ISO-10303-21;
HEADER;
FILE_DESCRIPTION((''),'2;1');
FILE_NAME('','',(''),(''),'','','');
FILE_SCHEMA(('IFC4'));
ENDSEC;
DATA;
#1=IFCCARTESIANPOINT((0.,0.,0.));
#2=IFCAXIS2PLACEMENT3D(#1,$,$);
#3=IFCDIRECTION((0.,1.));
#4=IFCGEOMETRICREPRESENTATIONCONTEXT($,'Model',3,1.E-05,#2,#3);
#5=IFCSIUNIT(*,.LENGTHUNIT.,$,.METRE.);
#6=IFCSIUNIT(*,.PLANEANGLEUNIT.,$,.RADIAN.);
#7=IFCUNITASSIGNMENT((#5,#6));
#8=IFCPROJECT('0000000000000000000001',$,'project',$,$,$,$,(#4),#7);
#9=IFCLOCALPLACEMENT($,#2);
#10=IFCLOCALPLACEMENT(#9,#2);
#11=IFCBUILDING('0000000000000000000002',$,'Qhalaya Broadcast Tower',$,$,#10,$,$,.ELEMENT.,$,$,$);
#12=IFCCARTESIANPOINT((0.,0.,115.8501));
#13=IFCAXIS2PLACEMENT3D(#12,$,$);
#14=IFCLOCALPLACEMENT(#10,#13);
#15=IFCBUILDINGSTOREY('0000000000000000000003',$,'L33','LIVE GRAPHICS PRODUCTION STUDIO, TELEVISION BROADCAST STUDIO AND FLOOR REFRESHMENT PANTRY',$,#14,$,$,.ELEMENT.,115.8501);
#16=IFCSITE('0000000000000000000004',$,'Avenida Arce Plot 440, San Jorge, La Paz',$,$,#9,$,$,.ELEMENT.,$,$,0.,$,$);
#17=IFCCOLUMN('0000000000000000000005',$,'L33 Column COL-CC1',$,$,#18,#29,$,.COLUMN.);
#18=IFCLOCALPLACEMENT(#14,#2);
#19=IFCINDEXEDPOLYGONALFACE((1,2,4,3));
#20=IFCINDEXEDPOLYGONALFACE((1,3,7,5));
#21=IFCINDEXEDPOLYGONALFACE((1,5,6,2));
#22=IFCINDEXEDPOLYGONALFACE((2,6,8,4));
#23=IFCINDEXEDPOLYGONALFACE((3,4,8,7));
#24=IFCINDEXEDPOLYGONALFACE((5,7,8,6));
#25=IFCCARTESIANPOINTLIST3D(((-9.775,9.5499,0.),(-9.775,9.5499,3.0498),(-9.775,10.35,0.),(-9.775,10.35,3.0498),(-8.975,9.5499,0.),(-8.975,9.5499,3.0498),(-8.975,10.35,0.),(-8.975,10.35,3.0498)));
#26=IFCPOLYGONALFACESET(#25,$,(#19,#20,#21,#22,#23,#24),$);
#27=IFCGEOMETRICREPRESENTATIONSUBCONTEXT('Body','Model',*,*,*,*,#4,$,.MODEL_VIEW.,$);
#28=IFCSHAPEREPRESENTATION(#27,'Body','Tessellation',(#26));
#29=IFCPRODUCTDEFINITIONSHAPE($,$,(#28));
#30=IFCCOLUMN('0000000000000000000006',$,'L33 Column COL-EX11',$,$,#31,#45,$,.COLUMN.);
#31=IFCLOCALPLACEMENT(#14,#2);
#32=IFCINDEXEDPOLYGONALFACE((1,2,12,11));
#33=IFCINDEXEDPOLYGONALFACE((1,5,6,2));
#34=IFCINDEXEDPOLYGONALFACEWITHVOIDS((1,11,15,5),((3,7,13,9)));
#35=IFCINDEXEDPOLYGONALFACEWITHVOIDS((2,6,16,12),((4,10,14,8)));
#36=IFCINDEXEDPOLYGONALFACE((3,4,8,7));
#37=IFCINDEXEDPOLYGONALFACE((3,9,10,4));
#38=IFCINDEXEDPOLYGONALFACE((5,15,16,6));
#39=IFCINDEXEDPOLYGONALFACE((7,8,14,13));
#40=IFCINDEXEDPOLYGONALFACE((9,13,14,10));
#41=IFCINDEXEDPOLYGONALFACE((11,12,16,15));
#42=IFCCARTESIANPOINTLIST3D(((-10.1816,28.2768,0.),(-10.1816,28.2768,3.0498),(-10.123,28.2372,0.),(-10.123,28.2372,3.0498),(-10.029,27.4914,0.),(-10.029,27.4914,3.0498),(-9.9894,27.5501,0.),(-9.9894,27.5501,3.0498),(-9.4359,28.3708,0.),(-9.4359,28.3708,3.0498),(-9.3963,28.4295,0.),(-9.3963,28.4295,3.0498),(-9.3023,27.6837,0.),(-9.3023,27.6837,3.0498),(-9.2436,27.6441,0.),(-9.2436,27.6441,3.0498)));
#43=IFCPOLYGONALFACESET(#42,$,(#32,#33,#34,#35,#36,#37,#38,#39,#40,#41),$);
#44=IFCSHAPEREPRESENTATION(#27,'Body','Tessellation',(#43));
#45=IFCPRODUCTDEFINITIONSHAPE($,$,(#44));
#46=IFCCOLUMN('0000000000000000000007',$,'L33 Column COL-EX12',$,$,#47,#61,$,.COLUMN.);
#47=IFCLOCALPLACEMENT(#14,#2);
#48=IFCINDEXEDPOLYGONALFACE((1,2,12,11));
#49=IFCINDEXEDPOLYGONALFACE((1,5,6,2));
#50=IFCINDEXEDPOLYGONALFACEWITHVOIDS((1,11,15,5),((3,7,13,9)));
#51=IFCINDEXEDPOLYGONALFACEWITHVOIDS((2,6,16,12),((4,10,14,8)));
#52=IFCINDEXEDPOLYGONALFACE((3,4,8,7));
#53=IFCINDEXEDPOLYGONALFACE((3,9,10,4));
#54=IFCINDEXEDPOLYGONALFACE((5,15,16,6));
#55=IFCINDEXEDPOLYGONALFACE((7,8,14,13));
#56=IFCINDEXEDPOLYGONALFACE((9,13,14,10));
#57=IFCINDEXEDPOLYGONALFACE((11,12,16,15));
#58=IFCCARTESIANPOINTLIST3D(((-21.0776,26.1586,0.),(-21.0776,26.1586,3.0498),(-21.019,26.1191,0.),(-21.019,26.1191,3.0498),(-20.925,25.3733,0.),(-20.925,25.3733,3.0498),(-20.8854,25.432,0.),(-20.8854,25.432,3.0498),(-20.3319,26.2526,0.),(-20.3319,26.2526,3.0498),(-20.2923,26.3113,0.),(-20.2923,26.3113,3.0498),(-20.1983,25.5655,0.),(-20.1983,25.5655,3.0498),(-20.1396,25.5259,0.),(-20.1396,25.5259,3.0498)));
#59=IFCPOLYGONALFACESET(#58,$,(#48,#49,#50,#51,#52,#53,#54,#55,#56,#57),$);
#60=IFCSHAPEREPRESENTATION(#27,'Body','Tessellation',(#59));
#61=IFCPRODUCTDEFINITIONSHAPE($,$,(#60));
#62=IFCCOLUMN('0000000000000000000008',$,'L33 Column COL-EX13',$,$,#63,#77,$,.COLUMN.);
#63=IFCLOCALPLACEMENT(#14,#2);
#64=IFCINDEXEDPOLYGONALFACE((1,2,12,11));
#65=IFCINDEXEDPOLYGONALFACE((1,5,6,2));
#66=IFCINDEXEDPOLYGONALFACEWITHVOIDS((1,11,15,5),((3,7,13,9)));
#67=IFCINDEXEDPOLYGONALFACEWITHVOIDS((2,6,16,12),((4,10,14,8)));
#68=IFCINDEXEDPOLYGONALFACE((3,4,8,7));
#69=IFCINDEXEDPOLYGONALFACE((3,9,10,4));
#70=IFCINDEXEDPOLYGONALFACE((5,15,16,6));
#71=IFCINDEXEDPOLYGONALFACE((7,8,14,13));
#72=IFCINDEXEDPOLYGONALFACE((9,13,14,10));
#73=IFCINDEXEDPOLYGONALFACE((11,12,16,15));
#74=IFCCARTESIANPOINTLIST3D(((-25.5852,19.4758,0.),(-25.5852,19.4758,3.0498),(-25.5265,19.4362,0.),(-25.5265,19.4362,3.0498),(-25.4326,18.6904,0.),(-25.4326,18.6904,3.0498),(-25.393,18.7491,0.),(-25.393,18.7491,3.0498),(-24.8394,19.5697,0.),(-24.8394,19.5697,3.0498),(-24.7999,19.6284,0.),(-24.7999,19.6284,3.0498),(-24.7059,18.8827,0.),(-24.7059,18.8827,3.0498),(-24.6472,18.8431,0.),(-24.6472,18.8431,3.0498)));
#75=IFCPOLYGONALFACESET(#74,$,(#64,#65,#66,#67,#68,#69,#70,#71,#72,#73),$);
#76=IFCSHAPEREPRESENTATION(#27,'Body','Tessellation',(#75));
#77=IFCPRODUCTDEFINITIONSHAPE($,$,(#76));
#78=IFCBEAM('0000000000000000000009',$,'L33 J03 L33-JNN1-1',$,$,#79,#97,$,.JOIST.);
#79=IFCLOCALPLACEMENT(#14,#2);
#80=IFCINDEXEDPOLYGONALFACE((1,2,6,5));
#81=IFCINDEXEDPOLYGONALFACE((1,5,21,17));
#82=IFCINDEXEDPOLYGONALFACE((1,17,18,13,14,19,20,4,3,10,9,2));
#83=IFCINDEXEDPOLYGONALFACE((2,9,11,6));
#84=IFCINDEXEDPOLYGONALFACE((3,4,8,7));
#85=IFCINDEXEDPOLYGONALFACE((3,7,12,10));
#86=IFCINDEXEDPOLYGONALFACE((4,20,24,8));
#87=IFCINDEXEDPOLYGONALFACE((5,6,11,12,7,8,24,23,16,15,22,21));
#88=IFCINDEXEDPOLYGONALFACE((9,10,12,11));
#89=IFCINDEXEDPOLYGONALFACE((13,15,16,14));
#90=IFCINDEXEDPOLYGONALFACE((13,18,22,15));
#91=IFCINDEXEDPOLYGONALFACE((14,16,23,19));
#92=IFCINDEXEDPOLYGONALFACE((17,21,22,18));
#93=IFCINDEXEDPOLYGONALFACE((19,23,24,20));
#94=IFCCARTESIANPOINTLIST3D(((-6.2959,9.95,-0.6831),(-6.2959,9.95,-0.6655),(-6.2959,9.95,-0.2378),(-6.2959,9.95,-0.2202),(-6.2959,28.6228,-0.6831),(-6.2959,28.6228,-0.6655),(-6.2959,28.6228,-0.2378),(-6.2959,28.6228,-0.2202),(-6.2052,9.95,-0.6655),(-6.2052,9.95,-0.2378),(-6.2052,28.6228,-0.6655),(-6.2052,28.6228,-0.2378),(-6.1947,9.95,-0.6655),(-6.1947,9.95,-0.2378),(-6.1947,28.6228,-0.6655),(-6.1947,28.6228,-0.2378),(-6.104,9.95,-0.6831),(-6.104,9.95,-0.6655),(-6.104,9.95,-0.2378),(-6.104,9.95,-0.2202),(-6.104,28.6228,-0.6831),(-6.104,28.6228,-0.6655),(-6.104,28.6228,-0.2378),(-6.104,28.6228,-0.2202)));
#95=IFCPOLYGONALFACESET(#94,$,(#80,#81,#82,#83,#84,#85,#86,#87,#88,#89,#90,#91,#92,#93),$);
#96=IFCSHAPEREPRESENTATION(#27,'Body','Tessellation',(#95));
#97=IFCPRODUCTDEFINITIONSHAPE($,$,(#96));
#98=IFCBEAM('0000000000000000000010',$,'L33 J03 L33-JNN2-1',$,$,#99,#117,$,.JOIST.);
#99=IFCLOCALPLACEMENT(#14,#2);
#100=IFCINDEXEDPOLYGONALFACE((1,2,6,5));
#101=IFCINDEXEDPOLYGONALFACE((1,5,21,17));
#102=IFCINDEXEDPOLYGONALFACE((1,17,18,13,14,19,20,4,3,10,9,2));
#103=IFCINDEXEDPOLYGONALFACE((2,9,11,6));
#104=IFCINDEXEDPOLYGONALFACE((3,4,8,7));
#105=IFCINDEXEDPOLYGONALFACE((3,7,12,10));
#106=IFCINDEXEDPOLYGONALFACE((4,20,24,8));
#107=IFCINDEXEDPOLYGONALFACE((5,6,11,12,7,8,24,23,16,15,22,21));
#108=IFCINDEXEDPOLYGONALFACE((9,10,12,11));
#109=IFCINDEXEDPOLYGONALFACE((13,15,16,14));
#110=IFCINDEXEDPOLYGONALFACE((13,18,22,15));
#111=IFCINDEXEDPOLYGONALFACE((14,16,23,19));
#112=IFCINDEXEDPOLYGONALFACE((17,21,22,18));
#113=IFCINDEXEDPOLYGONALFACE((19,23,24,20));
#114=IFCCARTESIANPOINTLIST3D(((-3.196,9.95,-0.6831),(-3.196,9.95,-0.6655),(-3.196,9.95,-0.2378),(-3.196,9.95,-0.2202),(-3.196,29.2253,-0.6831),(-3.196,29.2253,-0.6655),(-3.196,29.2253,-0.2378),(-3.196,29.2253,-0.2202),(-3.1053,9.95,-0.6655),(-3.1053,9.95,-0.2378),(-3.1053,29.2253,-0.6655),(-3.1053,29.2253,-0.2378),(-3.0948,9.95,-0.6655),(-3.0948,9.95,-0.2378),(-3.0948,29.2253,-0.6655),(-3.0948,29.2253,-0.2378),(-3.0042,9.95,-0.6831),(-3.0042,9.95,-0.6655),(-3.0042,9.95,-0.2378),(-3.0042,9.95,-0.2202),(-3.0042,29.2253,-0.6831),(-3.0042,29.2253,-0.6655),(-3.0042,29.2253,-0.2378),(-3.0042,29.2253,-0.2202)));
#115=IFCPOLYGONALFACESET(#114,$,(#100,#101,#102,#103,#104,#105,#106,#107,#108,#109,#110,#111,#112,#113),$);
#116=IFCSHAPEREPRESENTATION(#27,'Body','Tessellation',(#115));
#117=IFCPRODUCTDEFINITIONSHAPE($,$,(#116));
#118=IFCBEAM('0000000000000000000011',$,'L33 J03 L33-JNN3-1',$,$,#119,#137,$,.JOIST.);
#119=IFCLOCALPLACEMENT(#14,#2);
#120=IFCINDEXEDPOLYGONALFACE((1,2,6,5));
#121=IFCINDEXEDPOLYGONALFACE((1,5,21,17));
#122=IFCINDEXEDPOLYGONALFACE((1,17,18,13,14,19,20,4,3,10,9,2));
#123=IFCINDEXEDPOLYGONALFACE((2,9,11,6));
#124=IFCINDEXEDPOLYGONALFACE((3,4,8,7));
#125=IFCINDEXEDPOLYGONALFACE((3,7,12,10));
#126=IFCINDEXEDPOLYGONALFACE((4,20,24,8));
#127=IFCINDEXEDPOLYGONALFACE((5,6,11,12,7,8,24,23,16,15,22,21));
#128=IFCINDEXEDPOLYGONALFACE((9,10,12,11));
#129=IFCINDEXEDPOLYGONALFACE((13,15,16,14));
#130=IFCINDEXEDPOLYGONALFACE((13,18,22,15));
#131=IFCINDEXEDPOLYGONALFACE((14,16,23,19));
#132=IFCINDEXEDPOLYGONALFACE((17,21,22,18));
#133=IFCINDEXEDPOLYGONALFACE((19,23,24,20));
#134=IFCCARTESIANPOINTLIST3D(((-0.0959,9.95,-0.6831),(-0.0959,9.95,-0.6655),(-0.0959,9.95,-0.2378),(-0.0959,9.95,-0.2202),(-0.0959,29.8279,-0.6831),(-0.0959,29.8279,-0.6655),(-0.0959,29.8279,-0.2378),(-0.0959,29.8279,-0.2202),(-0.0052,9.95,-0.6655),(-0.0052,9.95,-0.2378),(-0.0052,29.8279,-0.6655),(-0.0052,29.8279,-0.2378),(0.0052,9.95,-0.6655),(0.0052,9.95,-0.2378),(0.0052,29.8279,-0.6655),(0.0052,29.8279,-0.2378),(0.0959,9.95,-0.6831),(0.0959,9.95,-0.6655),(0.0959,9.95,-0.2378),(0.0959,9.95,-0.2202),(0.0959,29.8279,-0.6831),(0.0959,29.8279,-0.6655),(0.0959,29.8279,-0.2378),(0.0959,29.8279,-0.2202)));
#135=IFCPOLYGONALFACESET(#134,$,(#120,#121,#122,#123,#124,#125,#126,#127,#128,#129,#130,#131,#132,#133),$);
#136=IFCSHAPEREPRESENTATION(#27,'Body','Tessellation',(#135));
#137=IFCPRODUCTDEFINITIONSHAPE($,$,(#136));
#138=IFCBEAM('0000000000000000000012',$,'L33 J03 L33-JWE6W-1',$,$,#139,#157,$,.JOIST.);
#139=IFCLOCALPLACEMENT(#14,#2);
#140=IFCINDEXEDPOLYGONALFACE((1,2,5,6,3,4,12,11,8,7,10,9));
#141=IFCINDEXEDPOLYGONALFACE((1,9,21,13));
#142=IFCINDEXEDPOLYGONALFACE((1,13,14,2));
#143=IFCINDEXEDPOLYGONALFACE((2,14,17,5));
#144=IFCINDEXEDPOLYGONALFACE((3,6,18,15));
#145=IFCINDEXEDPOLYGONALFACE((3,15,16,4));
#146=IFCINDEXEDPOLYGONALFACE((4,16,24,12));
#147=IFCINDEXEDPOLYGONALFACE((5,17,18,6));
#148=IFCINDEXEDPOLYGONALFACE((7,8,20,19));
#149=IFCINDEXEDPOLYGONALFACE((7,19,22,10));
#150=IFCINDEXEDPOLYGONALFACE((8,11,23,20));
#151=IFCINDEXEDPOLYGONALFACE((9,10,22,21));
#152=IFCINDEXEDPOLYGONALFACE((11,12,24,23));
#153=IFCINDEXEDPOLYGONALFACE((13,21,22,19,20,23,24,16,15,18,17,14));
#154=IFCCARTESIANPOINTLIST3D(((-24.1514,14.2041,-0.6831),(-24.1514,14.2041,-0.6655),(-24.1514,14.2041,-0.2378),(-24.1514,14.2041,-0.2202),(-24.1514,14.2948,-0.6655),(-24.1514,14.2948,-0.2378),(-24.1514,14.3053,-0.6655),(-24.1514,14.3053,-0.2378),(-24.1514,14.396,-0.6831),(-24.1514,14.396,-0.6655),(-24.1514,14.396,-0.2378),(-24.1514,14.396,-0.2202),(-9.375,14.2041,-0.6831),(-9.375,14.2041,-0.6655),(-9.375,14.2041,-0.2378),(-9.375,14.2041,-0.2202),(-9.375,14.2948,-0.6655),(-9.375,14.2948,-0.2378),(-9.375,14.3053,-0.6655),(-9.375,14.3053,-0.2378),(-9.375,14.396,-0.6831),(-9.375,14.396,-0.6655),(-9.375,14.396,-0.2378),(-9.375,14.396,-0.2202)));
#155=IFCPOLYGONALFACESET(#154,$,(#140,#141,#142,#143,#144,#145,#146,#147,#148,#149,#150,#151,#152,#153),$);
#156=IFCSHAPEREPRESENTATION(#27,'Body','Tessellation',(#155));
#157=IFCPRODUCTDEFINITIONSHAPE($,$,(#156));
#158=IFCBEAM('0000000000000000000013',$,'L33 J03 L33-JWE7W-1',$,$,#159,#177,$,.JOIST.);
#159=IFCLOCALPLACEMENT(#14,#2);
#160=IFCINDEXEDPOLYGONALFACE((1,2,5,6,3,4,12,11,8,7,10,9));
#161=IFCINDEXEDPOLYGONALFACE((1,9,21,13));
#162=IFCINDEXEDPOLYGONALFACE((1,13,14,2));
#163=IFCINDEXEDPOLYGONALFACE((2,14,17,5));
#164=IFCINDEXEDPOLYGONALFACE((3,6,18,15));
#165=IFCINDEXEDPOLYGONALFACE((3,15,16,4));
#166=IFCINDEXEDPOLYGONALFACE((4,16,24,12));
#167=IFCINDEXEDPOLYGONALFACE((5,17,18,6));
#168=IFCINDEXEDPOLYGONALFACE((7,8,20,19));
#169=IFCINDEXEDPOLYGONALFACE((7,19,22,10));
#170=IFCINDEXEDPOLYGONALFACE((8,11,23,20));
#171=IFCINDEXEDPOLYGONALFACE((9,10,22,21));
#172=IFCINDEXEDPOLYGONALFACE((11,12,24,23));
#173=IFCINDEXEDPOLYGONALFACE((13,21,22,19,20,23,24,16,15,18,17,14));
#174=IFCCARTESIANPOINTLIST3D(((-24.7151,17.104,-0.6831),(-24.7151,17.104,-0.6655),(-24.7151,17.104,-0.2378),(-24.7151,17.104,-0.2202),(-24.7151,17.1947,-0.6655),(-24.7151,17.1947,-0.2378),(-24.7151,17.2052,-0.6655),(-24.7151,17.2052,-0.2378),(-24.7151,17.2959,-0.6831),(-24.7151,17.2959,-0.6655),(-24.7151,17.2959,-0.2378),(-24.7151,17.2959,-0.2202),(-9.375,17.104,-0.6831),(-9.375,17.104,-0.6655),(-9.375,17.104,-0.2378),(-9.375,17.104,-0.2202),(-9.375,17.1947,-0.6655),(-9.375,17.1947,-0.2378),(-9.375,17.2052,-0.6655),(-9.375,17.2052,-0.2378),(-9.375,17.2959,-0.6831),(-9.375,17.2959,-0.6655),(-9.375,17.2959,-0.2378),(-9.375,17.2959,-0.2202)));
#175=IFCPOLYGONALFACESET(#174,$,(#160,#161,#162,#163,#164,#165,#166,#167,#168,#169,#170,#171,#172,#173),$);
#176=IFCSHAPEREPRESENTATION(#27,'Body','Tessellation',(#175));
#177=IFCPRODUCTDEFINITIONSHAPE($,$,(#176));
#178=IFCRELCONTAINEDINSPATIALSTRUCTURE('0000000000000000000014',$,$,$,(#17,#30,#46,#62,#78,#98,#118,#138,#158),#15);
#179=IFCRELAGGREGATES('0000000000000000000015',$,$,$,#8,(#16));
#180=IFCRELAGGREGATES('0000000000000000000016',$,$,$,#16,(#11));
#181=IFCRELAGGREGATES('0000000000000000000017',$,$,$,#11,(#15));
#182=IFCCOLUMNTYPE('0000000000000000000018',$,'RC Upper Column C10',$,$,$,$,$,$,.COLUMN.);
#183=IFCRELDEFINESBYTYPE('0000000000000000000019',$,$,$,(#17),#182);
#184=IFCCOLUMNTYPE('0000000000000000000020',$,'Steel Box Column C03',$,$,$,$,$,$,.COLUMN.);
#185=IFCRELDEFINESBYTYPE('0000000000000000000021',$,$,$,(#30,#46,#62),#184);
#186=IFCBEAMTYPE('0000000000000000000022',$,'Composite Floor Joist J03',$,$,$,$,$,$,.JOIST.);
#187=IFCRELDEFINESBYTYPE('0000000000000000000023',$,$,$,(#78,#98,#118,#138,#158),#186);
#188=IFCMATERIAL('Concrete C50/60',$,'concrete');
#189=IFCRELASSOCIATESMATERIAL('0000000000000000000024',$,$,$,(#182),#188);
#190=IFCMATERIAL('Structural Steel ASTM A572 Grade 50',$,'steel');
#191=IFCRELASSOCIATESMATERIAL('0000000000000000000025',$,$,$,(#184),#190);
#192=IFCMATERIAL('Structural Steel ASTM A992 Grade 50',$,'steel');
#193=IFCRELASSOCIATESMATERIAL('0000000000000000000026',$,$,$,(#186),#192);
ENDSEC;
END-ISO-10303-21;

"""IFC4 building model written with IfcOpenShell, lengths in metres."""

from ifc_helpers import new_model, si_unit, direction, frame, origin, origin_2d, place, context, subcontext, project, spatial, rectangle, hollow_rectangle, i_section, extrude, material, material_profile, profile_set, type_object, element, save


model = new_model("IFC4")

# Units and contexts
model_context = context("Model", 3, precision=1e-05, world=origin(), true_north=direction((0.0, 1.0)))
body_context = subcontext(model_context, "Body", "Model", "MODEL_VIEW")
ifc_project = project(units=[si_unit("LENGTHUNIT", "METRE"), si_unit("PLANEANGLEUNIT", "RADIAN")], contexts=[model_context])

# Site, building, storey
site_placement = place(None, origin())
site = spatial("IfcSite", under=ifc_project, at=site_placement, Name="Avenida Arce Plot 440, San Jorge, La Paz", CompositionType="ELEMENT", RefElevation=0.0)
building_placement = place(site_placement, origin())
building = spatial("IfcBuilding", under=site, at=building_placement, Name="Qhalaya Broadcast Tower", CompositionType="ELEMENT")
storey_placement = place(building_placement, frame((0.0, 0.0, 115.8501)))
storey = spatial("IfcBuildingStorey", under=building, at=storey_placement, Name="L33", Description="LIVE GRAPHICS PRODUCTION STUDIO, TELEVISION BROADCAST STUDIO AND FLOOR REFRESHMENT PANTRY", CompositionType="ELEMENT", Elevation=115.8501)

# Columns
ifc_material_1 = material(Name="Concrete C50/60", Category="concrete")
ifc_material_profile_1 = material_profile(ifc_material_1, rectangle(XDim=0.8, YDim=0.8, at=origin_2d()), Name="RC-COL 800x800")
ifc_profile_set_1 = profile_set([ifc_material_profile_1], Name="Concrete C50/60")
column_type_1 = type_object("IfcColumnType", Name="RC Upper Column C10", PredefinedType="COLUMN", material=ifc_profile_set_1)
column_placement = place(storey_placement, frame((-9.375, 9.95, 0.0), z_axis=(0.0, 0.0, 1.0), x_axis=(1.0, 0.0, 0.0)))
element("IfcColumn", 1, at=column_placement, inside=storey, type_object=column_type_1, Name="L33 Column COL-CC1", PredefinedType="COLUMN", context=body_context, shape_type="SweptSolid", body=[
    extrude(rectangle(XDim=0.8, YDim=0.8, at=origin_2d()), origin(), (0.0, 0.0, 1.0), 3.0498),
])
ifc_material_2 = material(Name="Structural Steel ASTM A572 Grade 50", Category="steel")
ifc_material_profile_2 = material_profile(ifc_material_2, hollow_rectangle(XDim=0.8, YDim=0.8, WallThickness=0.05, at=origin_2d()), Name="BOX 800x800x50")
ifc_profile_set_2 = profile_set([ifc_material_profile_2], Name="Structural Steel ASTM A572 Grade 50")
column_type_2 = type_object("IfcColumnType", Name="Steel Box Column C03", PredefinedType="COLUMN", material=ifc_profile_set_2)
for number, where, z_axis, x_axis, name in (
    (2, (-9.7126, 27.9604, 0.0), (0.0, 0.0, 1.0), (0.981627, 0.190809, 0.0), "L33 Column COL-EX11"),
    (3, (-20.6086, 25.8423, 0.0), (0.0, 0.0, 1.0), (0.981627, 0.190809, 0.0), "L33 Column COL-EX12"),
    (4, (-25.1162, 19.1594, 0.0), (0.0, 0.0, 1.0), (-0.190809, 0.981627, 0.0), "L33 Column COL-EX13"),
):
    element("IfcColumn", number, at=place(storey_placement, frame(where, z_axis=z_axis, x_axis=x_axis)), inside=storey, type_object=column_type_2, Name=name, PredefinedType="COLUMN", context=body_context, shape_type="SweptSolid", body=[
        extrude(hollow_rectangle(XDim=0.8, YDim=0.8, WallThickness=0.05, at=origin_2d()), origin(), (0.0, 0.0, 1.0), 3.0498),
    ])

# Beams
ifc_material_3 = material(Name="Structural Steel ASTM A992 Grade 50", Category="steel")
ifc_material_profile_3 = material_profile(ifc_material_3, i_section(OverallWidth=0.1919, OverallDepth=0.4629, WebThickness=0.0105, FlangeThickness=0.0176, at=origin_2d()), Name="W18X60")
ifc_profile_set_3 = profile_set([ifc_material_profile_3], Name="Structural Steel ASTM A992 Grade 50")
beam_type_1 = type_object("IfcBeamType", Name="Composite Floor Joist J03", PredefinedType="JOIST", material=ifc_profile_set_3)
beam_1_placement = place(storey_placement, frame((-6.2, 9.95, -0.4517), z_axis=(0.0, 1.0, 0.0), x_axis=(-1.0, 0.0, 0.0)))
element("IfcBeam", 5, at=beam_1_placement, inside=storey, type_object=beam_type_1, Name="L33 J03 L33-JNN1-1", PredefinedType="JOIST", context=body_context, shape_type="SweptSolid", body=[
    extrude(i_section(OverallWidth=0.1919, OverallDepth=0.4629, WebThickness=0.0105, FlangeThickness=0.0176, at=origin_2d()), origin(), (0.0, 0.0, 1.0), 18.6729),
])
beam_2_placement = place(storey_placement, frame((-3.1001, 9.95, -0.4517), z_axis=(0.0, 1.0, 0.0), x_axis=(-1.0, 0.0, 0.0)))
element("IfcBeam", 6, at=beam_2_placement, inside=storey, type_object=beam_type_1, Name="L33 J03 L33-JNN2-1", PredefinedType="JOIST", context=body_context, shape_type="SweptSolid", body=[
    extrude(i_section(OverallWidth=0.1919, OverallDepth=0.4629, WebThickness=0.0105, FlangeThickness=0.0176, at=origin_2d()), origin(), (0.0, 0.0, 1.0), 19.2754),
])
beam_3_placement = place(storey_placement, frame((0.0, 9.95, -0.4517), z_axis=(0.0, 1.0, 0.0), x_axis=(-1.0, 0.0, 0.0)))
element("IfcBeam", 7, at=beam_3_placement, inside=storey, type_object=beam_type_1, Name="L33 J03 L33-JNN3-1", PredefinedType="JOIST", context=body_context, shape_type="SweptSolid", body=[
    extrude(i_section(OverallWidth=0.1919, OverallDepth=0.4629, WebThickness=0.0105, FlangeThickness=0.0176, at=origin_2d()), origin(), (0.0, 0.0, 1.0), 19.8779),
])
beam_4_placement = place(storey_placement, frame((-24.1514, 14.3, -0.4517), z_axis=(1.0, 0.0, 0.0), x_axis=(0.0, 1.0, 0.0)))
element("IfcBeam", 8, at=beam_4_placement, inside=storey, type_object=beam_type_1, Name="L33 J03 L33-JWE6W-1", PredefinedType="JOIST", context=body_context, shape_type="SweptSolid", body=[
    extrude(i_section(OverallWidth=0.1919, OverallDepth=0.4629, WebThickness=0.0105, FlangeThickness=0.0176, at=origin_2d()), origin(), (0.0, 0.0, 1.0), 14.7764),
])
beam_5_placement = place(storey_placement, frame((-24.7151, 17.2, -0.4517), z_axis=(1.0, 0.0, 0.0), x_axis=(0.0, 1.0, 0.0)))
element("IfcBeam", 9, at=beam_5_placement, inside=storey, type_object=beam_type_1, Name="L33 J03 L33-JWE7W-1", PredefinedType="JOIST", context=body_context, shape_type="SweptSolid", body=[
    extrude(i_section(OverallWidth=0.1919, OverallDepth=0.4629, WebThickness=0.0105, FlangeThickness=0.0176, at=origin_2d()), origin(), (0.0, 0.0, 1.0), 15.3401),
])

save(model, "model.ifc")
